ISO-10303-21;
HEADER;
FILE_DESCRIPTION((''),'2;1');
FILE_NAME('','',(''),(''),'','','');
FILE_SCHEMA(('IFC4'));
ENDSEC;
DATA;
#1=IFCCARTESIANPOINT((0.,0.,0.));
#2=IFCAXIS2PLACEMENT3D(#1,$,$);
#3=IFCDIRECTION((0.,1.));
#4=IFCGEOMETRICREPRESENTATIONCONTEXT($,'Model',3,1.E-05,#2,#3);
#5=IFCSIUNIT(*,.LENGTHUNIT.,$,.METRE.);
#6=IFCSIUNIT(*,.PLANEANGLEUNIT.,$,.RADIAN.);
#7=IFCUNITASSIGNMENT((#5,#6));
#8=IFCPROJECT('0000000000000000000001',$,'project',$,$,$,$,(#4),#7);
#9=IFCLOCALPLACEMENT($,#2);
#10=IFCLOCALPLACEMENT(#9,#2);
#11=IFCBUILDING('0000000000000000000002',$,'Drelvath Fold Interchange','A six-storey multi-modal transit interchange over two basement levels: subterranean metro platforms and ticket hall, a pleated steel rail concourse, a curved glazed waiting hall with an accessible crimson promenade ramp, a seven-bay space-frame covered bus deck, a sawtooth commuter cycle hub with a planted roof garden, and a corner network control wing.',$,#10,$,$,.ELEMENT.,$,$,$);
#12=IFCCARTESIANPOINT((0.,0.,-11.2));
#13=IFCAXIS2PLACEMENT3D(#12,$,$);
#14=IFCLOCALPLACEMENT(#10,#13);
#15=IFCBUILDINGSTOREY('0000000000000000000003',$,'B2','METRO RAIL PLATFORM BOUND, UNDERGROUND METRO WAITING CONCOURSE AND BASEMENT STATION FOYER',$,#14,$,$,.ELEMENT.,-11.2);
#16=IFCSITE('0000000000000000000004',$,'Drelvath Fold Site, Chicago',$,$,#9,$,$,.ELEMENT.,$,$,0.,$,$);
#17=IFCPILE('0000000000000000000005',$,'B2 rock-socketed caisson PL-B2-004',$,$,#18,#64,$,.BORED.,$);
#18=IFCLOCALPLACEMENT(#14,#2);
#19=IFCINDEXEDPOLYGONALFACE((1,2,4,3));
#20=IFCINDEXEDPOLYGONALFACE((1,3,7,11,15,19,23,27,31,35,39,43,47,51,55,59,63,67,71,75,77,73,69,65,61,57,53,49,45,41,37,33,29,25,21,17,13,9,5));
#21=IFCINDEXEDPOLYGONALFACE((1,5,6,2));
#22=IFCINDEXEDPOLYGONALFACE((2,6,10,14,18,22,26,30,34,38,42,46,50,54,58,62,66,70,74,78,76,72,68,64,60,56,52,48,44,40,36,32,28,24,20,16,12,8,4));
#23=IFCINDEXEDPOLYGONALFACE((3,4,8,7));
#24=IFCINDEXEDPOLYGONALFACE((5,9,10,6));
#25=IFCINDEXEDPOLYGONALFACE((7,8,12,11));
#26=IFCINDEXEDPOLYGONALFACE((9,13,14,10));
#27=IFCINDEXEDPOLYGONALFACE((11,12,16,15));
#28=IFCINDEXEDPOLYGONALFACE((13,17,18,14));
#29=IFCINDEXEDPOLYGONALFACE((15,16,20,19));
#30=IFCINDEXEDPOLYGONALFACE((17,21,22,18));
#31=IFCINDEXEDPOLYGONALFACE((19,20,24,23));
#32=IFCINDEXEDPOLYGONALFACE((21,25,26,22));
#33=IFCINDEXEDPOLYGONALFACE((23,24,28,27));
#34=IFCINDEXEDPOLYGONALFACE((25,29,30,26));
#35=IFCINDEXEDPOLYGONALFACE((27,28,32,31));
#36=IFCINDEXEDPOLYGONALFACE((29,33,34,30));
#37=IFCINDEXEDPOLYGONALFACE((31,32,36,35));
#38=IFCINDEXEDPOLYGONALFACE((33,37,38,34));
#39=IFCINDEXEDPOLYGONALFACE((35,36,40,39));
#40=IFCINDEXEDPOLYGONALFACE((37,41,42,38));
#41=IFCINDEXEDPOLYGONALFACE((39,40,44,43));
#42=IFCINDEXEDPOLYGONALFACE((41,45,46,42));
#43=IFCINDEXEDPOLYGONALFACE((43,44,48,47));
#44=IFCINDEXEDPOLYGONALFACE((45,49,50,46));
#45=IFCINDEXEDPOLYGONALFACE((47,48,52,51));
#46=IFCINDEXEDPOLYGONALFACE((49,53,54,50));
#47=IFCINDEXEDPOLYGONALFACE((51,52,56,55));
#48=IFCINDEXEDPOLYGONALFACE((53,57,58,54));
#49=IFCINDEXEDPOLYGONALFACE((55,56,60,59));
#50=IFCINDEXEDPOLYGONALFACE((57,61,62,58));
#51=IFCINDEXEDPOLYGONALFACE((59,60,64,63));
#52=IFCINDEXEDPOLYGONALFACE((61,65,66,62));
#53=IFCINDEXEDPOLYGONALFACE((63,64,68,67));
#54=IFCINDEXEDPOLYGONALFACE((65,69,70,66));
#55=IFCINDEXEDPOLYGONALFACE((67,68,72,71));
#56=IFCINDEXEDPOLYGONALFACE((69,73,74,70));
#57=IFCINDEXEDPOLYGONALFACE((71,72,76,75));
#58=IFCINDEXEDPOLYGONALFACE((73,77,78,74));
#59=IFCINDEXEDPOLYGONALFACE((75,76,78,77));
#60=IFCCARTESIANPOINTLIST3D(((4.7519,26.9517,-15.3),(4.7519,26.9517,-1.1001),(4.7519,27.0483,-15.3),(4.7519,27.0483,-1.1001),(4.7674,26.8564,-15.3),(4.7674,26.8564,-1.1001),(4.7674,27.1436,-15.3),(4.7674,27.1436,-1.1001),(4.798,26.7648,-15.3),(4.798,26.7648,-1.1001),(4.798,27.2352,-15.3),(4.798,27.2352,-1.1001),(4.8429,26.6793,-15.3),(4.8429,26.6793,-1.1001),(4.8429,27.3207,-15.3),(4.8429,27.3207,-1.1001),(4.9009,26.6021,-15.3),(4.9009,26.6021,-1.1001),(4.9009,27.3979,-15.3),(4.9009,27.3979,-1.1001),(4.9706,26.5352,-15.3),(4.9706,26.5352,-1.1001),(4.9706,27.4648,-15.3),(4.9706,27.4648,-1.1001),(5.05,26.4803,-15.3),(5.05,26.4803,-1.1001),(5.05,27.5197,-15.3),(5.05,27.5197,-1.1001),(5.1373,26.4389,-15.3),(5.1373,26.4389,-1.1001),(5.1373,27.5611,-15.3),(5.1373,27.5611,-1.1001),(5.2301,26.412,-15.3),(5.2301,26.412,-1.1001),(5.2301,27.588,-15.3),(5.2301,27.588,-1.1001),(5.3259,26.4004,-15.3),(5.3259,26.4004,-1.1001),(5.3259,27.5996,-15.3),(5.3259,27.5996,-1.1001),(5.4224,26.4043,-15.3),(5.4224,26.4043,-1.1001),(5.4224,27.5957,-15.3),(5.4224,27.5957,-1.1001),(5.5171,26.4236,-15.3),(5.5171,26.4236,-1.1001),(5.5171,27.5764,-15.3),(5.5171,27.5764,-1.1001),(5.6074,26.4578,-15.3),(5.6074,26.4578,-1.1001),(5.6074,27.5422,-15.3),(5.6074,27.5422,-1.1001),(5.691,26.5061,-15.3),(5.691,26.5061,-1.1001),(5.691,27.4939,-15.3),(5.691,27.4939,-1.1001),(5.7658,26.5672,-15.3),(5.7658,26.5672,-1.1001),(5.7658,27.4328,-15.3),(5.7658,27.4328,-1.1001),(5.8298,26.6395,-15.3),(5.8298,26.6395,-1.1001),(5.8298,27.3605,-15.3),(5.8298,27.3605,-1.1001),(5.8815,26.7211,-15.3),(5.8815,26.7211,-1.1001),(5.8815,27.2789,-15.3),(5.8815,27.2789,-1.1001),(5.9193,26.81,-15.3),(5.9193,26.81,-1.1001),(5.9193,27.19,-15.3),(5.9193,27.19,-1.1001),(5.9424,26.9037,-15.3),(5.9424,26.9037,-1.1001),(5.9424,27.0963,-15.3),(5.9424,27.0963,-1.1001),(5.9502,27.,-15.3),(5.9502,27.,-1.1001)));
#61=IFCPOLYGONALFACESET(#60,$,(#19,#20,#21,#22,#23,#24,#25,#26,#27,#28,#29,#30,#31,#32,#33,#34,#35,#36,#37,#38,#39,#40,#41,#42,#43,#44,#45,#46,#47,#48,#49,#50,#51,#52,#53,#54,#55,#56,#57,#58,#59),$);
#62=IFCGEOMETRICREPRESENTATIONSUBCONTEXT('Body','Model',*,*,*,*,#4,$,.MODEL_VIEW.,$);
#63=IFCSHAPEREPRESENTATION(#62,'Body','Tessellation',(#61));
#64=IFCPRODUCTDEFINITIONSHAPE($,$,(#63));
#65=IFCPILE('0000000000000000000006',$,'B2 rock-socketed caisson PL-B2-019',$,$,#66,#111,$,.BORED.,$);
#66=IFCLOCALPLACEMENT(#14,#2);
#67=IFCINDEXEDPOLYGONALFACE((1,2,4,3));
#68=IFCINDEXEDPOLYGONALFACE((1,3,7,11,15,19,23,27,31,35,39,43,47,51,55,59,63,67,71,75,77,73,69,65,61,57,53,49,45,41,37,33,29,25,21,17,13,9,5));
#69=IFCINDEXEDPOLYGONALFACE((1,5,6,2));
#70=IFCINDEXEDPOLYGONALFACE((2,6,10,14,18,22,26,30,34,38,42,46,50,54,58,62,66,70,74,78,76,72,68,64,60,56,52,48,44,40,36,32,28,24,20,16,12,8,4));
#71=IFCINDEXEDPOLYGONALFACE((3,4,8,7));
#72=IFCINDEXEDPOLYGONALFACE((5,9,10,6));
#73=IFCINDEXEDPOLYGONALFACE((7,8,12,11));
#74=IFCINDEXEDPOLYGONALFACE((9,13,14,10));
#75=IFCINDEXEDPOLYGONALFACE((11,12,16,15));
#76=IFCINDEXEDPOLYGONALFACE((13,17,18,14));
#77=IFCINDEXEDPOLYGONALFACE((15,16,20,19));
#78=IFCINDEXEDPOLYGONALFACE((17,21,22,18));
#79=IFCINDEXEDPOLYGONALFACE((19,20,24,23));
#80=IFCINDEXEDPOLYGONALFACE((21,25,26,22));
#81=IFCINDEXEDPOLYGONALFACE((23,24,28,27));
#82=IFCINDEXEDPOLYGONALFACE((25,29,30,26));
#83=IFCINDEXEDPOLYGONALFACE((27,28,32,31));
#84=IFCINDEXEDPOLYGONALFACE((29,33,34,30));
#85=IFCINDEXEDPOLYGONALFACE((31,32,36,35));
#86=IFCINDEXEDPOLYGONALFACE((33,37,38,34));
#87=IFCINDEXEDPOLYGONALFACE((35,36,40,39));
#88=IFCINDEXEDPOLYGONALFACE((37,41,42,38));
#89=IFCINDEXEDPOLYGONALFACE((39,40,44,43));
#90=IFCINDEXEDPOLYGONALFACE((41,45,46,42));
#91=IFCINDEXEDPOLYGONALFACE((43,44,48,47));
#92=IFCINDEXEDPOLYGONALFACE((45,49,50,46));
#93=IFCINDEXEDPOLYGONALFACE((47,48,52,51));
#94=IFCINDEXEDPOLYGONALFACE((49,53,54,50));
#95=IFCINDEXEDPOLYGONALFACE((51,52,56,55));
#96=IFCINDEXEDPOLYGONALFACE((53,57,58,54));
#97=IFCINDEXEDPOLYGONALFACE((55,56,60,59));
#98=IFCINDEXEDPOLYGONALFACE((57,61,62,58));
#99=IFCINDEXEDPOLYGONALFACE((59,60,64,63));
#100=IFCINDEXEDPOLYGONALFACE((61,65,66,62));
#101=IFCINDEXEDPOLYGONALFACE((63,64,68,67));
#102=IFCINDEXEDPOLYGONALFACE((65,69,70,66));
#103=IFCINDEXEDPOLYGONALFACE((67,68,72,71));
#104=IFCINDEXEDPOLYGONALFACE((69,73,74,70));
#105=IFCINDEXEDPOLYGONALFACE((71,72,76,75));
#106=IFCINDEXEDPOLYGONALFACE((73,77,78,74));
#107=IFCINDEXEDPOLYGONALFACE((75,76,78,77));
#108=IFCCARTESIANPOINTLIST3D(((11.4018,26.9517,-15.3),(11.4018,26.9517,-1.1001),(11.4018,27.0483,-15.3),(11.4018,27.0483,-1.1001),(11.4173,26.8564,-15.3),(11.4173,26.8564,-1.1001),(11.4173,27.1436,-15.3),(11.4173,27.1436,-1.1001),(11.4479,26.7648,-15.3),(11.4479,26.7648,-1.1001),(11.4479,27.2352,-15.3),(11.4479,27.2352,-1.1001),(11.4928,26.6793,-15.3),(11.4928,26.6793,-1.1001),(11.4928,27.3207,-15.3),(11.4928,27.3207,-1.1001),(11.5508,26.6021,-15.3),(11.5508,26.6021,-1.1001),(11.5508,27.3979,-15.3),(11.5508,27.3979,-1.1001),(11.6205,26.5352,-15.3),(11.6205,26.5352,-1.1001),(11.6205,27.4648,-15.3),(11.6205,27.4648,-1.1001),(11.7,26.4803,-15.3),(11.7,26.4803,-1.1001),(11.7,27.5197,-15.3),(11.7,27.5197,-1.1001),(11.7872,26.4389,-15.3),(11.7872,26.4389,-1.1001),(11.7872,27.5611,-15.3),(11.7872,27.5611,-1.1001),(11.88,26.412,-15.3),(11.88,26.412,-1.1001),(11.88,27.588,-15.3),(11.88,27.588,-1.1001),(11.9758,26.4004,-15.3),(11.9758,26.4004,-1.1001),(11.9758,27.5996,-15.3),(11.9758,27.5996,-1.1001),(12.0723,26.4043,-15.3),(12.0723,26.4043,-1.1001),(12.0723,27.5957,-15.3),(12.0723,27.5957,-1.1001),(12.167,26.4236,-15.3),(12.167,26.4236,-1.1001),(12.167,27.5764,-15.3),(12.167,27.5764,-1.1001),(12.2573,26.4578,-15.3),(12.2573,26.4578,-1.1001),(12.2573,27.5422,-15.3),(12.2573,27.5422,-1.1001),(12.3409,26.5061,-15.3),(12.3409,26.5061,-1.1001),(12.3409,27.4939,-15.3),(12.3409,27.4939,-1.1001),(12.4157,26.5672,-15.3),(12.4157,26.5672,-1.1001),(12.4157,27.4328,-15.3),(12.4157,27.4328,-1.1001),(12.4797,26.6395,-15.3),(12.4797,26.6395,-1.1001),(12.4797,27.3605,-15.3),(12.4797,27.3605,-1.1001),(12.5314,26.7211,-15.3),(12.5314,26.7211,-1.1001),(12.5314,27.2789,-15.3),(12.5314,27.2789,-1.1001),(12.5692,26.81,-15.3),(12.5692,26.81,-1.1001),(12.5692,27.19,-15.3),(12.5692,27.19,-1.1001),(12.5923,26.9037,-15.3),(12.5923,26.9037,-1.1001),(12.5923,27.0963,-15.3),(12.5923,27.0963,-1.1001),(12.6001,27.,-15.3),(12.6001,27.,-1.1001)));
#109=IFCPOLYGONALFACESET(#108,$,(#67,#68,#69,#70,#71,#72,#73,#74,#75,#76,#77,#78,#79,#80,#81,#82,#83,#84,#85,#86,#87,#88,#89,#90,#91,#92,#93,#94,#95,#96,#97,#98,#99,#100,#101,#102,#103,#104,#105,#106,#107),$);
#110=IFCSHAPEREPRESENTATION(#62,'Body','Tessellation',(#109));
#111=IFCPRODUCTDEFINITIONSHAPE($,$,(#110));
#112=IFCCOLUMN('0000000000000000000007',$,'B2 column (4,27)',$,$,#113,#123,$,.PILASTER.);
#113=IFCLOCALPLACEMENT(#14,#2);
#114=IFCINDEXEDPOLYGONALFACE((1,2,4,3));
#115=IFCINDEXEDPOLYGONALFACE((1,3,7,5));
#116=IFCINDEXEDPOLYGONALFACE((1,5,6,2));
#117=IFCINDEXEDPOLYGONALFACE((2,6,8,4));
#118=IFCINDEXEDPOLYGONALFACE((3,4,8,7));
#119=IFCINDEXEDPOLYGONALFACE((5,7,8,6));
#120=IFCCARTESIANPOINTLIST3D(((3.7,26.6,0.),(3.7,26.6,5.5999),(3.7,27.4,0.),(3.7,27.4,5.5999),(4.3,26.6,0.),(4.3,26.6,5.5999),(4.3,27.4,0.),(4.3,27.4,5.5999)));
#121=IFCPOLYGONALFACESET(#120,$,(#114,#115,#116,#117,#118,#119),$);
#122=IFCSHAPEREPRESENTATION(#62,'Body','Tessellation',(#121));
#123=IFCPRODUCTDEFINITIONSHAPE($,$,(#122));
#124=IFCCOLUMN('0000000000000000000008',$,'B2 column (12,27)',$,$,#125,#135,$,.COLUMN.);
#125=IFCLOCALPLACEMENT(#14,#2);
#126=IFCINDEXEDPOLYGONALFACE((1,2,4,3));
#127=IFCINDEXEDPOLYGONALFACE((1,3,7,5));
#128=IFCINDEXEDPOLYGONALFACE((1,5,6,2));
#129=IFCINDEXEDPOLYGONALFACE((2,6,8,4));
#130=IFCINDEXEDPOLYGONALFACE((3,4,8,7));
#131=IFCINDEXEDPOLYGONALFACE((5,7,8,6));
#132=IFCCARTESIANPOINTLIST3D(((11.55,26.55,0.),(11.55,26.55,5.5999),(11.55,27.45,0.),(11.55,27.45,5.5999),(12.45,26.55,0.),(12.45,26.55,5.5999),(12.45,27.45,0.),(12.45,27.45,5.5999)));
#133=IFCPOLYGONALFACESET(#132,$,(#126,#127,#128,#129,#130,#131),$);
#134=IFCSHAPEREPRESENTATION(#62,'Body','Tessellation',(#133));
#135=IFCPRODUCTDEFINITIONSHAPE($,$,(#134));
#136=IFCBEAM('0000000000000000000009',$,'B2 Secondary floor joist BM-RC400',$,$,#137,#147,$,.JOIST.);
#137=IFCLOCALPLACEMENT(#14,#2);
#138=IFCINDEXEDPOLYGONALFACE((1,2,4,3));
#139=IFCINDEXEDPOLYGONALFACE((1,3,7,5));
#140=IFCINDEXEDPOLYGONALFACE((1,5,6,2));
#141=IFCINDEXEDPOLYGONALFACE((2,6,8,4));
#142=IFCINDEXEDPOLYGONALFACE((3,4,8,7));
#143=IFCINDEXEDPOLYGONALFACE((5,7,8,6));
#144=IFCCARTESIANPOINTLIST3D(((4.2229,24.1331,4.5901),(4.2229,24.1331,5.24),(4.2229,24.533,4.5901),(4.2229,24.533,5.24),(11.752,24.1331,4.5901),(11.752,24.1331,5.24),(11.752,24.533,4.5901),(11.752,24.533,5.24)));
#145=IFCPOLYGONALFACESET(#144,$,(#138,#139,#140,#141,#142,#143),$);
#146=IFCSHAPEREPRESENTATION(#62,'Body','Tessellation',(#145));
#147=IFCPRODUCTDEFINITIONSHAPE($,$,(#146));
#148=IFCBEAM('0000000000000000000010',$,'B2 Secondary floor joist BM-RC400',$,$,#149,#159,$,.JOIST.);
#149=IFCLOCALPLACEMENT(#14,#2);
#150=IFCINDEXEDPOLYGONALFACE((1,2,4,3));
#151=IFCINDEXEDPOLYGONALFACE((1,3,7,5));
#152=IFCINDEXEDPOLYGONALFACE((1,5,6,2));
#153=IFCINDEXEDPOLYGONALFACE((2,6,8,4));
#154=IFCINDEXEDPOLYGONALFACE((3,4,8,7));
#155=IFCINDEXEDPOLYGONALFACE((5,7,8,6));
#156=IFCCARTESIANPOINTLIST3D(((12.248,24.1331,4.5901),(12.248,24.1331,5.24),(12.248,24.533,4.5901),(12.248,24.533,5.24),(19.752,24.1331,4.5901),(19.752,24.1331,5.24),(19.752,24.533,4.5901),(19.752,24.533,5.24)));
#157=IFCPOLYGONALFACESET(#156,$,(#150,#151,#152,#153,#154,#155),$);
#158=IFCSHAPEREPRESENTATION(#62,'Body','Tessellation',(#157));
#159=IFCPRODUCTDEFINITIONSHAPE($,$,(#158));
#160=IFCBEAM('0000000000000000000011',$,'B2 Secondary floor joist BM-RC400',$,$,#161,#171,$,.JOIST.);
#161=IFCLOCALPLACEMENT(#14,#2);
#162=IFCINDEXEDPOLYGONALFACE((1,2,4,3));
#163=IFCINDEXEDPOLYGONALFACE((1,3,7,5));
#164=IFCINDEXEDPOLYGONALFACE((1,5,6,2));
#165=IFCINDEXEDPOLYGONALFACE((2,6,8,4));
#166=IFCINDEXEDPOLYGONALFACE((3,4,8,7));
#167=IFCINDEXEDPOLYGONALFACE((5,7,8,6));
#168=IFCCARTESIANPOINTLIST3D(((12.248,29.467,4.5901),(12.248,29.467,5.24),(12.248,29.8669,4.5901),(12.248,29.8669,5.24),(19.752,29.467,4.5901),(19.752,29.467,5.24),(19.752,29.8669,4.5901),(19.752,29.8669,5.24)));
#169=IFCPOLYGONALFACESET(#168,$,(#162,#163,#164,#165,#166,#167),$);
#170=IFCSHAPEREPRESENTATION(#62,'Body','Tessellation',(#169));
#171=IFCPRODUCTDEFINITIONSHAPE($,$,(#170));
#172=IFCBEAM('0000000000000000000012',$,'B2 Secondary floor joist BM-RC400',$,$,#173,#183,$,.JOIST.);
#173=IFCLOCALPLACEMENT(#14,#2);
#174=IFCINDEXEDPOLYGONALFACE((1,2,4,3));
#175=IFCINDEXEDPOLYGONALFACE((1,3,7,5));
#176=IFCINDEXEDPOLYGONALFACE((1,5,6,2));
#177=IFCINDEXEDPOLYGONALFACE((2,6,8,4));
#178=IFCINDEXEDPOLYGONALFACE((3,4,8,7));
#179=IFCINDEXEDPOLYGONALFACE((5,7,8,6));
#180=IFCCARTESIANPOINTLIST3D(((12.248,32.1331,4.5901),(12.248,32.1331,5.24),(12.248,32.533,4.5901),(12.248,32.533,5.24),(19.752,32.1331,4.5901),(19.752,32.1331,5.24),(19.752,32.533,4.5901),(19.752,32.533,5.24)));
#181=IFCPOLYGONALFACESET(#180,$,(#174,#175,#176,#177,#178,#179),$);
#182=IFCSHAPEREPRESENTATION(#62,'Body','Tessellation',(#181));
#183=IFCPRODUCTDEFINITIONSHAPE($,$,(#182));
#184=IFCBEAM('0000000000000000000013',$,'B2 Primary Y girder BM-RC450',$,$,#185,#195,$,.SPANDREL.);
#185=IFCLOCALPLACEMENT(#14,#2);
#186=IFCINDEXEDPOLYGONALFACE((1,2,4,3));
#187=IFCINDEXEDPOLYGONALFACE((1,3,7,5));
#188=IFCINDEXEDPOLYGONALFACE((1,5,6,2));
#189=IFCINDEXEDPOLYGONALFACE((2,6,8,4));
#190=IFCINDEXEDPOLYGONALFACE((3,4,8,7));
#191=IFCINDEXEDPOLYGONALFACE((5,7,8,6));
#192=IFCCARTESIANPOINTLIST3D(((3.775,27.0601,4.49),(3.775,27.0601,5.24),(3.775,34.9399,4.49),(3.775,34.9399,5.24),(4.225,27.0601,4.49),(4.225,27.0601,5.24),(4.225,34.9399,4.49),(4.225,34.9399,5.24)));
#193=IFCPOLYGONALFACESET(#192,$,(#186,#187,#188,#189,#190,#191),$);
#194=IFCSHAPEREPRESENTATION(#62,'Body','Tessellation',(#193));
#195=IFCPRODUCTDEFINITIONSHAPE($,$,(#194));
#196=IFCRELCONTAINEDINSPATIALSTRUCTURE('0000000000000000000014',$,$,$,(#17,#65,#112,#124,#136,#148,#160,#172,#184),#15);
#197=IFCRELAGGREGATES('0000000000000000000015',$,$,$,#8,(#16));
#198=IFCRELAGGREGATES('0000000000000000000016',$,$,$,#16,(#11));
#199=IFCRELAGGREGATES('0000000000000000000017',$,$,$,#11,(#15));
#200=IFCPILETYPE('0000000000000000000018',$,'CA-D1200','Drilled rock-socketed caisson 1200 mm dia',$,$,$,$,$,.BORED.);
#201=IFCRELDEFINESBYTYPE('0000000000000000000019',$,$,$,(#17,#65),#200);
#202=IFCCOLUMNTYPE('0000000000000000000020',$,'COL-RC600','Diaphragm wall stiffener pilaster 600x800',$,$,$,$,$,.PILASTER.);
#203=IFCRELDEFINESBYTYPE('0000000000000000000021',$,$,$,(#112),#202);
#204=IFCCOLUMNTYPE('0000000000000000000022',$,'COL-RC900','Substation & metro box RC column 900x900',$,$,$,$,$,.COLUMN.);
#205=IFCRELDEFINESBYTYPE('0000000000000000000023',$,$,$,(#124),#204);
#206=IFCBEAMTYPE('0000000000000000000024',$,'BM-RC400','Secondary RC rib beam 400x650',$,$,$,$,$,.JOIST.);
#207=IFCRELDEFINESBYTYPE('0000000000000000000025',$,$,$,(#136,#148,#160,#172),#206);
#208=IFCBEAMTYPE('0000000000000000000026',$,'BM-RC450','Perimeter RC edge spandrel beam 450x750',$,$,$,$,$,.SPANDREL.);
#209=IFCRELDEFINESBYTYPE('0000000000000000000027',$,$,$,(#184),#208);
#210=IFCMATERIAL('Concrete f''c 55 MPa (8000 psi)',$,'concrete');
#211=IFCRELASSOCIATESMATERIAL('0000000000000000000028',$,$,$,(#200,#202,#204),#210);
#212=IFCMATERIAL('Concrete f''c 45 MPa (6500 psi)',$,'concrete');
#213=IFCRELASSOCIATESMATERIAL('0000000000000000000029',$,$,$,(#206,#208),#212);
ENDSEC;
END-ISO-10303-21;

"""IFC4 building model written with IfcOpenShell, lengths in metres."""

from ifc_helpers import new_model, si_unit, direction, frame, origin, origin_2d, place, context, subcontext, project, spatial, rectangle, circle, extrude, material, material_profile, profile_set, type_object, element, save


model = new_model("IFC4")

# Units and contexts
model_context = context("Model", 3, precision=1e-05, world=origin(), true_north=direction((0.0, 1.0)))
body_context = subcontext(model_context, "Body", "Model", "MODEL_VIEW")
ifc_project = project(units=[si_unit("LENGTHUNIT", "METRE"), si_unit("PLANEANGLEUNIT", "RADIAN")], contexts=[model_context])

# Site, building, storey
site_placement = place(None, origin())
site = spatial("IfcSite", under=ifc_project, at=site_placement, Name="Drelvath Fold Site, Chicago", CompositionType="ELEMENT", RefElevation=0.0)
building_placement = place(site_placement, origin())
building = spatial("IfcBuilding", under=site, at=building_placement, Name="Drelvath Fold Interchange", Description="A six-storey multi-modal transit interchange over two basement levels: subterranean metro platforms and ticket hall, a pleated steel rail concourse, a curved glazed waiting hall with an accessible crimson promenade ramp, a seven-bay space-frame covered bus deck, a sawtooth commuter cycle hub with a planted roof garden, and a corner network control wing.", CompositionType="ELEMENT")
storey_placement = place(building_placement, frame((0.0, 0.0, -11.2)))
storey = spatial("IfcBuildingStorey", under=building, at=storey_placement, Name="B2", Description="METRO RAIL PLATFORM BOUND, UNDERGROUND METRO WAITING CONCOURSE AND BASEMENT STATION FOYER", CompositionType="ELEMENT", Elevation=-11.2)

# Piles
ifc_material_1 = material(Name="Concrete f'c 55 MPa (8000 psi)", Category="concrete")
ifc_material_profile_1 = material_profile(ifc_material_1, circle(Radius=0.6001, at=origin_2d()), Name="CAISSON D1200")
ifc_profile_set_1 = profile_set([ifc_material_profile_1], Name="Concrete f'c 55 MPa (8000 psi)")
pile_type = type_object("IfcPileType", Name="CA-D1200", Description="Drilled rock-socketed caisson 1200 mm dia", PredefinedType="BORED", material=ifc_profile_set_1)
for number, where, z_axis, x_axis, name in (
    (1, (5.3501, 27.0, -1.1001), (0.0, 0.0, -1.0), (1.0, 0.0, 0.0), "B2 rock-socketed caisson PL-B2-004"),
    (2, (12.0, 27.0, -1.1001), (0.0, 0.0, -1.0), (1.0, 0.0, 0.0), "B2 rock-socketed caisson PL-B2-019"),
):
    element("IfcPile", number, at=place(storey_placement, frame(where, z_axis=z_axis, x_axis=x_axis)), inside=storey, type_object=pile_type, Name=name, PredefinedType="BORED", context=body_context, shape_type="SweptSolid", body=[
        extrude(circle(Radius=0.6001, at=origin_2d()), origin(), (0.0, 0.0, 1.0), 14.2),
    ])

# Columns
ifc_material_profile_2 = material_profile(ifc_material_1, rectangle(XDim=0.6001, YDim=0.8, at=origin_2d()), Name="RC 600x800")
ifc_profile_set_2 = profile_set([ifc_material_profile_2], Name="Concrete f'c 55 MPa (8000 psi)")
column_type_1 = type_object("IfcColumnType", Name="COL-RC600", Description="Diaphragm wall stiffener pilaster 600x800", PredefinedType="PILASTER", material=ifc_profile_set_2)
column_1_placement = place(storey_placement, frame((4.0, 27.0, 0.0), z_axis=(0.0, 0.0, 1.0), x_axis=(1.0, 0.0, 0.0)))
element("IfcColumn", 3, at=column_1_placement, inside=storey, type_object=column_type_1, Name="B2 column (4,27)", PredefinedType="PILASTER", context=body_context, shape_type="SweptSolid", body=[
    extrude(rectangle(XDim=0.6001, YDim=0.8, at=origin_2d()), origin(), (0.0, 0.0, 1.0), 5.5999),
])
ifc_material_profile_3 = material_profile(ifc_material_1, rectangle(XDim=0.8999, YDim=0.8999, at=origin_2d()), Name="RC 900x900")
ifc_profile_set_3 = profile_set([ifc_material_profile_3], Name="Concrete f'c 55 MPa (8000 psi)")
column_type_2 = type_object("IfcColumnType", Name="COL-RC900", Description="Substation & metro box RC column 900x900", PredefinedType="COLUMN", material=ifc_profile_set_3)
column_2_placement = place(storey_placement, frame((12.0, 27.0, 0.0), z_axis=(0.0, 0.0, 1.0), x_axis=(1.0, 0.0, 0.0)))
element("IfcColumn", 4, at=column_2_placement, inside=storey, type_object=column_type_2, Name="B2 column (12,27)", PredefinedType="COLUMN", context=body_context, shape_type="SweptSolid", body=[
    extrude(rectangle(XDim=0.8999, YDim=0.8999, at=origin_2d()), origin(), (0.0, 0.0, 1.0), 5.5999),
])

# Beams
ifc_material_2 = material(Name="Concrete f'c 45 MPa (6500 psi)", Category="concrete")
ifc_material_profile_4 = material_profile(ifc_material_2, rectangle(XDim=0.3999, YDim=0.6499, at=origin_2d()), Name="RC 400x650")
ifc_profile_set_4 = profile_set([ifc_material_profile_4], Name="Concrete f'c 45 MPa (6500 psi)")
beam_type_1 = type_object("IfcBeamType", Name="BM-RC400", Description="Secondary RC rib beam 400x650", PredefinedType="JOIST", material=ifc_profile_set_4)
beam_1_placement = place(storey_placement, frame((4.2229, 24.333, 4.915), z_axis=(1.0, 0.0, 0.0), x_axis=(0.0, 1.0, 0.0)))
element("IfcBeam", 5, at=beam_1_placement, inside=storey, type_object=beam_type_1, Name="B2 Secondary floor joist BM-RC400", PredefinedType="JOIST", context=body_context, shape_type="SweptSolid", body=[
    extrude(rectangle(XDim=0.3999, YDim=0.6499, at=origin_2d()), origin(), (0.0, 0.0, 1.0), 7.5291),
])
for number, where, z_axis, x_axis, name in (
    (6, (12.248, 24.333, 4.915), (1.0, 0.0, 0.0), (0.0, 1.0, 0.0), "B2 Secondary floor joist BM-RC400"),
    (7, (12.248, 29.667, 4.915), (1.0, 0.0, 0.0), (0.0, 1.0, 0.0), "B2 Secondary floor joist BM-RC400"),
    (8, (12.248, 32.333, 4.915), (1.0, 0.0, 0.0), (0.0, 1.0, 0.0), "B2 Secondary floor joist BM-RC400"),
):
    element("IfcBeam", number, at=place(storey_placement, frame(where, z_axis=z_axis, x_axis=x_axis)), inside=storey, type_object=beam_type_1, Name=name, PredefinedType="JOIST", context=body_context, shape_type="SweptSolid", body=[
        extrude(rectangle(XDim=0.3999, YDim=0.6499, at=origin_2d()), origin(), (0.0, 0.0, 1.0), 7.5039),
    ])
ifc_material_profile_5 = material_profile(ifc_material_2, rectangle(XDim=0.45, YDim=0.75, at=origin_2d()), Name="RC 450x750")
ifc_profile_set_5 = profile_set([ifc_material_profile_5], Name="Concrete f'c 45 MPa (6500 psi)")
beam_type_2 = type_object("IfcBeamType", Name="BM-RC450", Description="Perimeter RC edge spandrel beam 450x750", PredefinedType="SPANDREL", material=ifc_profile_set_5)
beam_2_placement = place(storey_placement, frame((4.0, 27.0601, 4.865), z_axis=(0.0, 1.0, 0.0), x_axis=(-1.0, 0.0, 0.0)))
element("IfcBeam", 9, at=beam_2_placement, inside=storey, type_object=beam_type_2, Name="B2 Primary Y girder BM-RC450", PredefinedType="SPANDREL", context=body_context, shape_type="SweptSolid", body=[
    extrude(rectangle(XDim=0.45, YDim=0.75, at=origin_2d()), origin(), (0.0, 0.0, 1.0), 7.8799),
])

save(model, "model.ifc")
